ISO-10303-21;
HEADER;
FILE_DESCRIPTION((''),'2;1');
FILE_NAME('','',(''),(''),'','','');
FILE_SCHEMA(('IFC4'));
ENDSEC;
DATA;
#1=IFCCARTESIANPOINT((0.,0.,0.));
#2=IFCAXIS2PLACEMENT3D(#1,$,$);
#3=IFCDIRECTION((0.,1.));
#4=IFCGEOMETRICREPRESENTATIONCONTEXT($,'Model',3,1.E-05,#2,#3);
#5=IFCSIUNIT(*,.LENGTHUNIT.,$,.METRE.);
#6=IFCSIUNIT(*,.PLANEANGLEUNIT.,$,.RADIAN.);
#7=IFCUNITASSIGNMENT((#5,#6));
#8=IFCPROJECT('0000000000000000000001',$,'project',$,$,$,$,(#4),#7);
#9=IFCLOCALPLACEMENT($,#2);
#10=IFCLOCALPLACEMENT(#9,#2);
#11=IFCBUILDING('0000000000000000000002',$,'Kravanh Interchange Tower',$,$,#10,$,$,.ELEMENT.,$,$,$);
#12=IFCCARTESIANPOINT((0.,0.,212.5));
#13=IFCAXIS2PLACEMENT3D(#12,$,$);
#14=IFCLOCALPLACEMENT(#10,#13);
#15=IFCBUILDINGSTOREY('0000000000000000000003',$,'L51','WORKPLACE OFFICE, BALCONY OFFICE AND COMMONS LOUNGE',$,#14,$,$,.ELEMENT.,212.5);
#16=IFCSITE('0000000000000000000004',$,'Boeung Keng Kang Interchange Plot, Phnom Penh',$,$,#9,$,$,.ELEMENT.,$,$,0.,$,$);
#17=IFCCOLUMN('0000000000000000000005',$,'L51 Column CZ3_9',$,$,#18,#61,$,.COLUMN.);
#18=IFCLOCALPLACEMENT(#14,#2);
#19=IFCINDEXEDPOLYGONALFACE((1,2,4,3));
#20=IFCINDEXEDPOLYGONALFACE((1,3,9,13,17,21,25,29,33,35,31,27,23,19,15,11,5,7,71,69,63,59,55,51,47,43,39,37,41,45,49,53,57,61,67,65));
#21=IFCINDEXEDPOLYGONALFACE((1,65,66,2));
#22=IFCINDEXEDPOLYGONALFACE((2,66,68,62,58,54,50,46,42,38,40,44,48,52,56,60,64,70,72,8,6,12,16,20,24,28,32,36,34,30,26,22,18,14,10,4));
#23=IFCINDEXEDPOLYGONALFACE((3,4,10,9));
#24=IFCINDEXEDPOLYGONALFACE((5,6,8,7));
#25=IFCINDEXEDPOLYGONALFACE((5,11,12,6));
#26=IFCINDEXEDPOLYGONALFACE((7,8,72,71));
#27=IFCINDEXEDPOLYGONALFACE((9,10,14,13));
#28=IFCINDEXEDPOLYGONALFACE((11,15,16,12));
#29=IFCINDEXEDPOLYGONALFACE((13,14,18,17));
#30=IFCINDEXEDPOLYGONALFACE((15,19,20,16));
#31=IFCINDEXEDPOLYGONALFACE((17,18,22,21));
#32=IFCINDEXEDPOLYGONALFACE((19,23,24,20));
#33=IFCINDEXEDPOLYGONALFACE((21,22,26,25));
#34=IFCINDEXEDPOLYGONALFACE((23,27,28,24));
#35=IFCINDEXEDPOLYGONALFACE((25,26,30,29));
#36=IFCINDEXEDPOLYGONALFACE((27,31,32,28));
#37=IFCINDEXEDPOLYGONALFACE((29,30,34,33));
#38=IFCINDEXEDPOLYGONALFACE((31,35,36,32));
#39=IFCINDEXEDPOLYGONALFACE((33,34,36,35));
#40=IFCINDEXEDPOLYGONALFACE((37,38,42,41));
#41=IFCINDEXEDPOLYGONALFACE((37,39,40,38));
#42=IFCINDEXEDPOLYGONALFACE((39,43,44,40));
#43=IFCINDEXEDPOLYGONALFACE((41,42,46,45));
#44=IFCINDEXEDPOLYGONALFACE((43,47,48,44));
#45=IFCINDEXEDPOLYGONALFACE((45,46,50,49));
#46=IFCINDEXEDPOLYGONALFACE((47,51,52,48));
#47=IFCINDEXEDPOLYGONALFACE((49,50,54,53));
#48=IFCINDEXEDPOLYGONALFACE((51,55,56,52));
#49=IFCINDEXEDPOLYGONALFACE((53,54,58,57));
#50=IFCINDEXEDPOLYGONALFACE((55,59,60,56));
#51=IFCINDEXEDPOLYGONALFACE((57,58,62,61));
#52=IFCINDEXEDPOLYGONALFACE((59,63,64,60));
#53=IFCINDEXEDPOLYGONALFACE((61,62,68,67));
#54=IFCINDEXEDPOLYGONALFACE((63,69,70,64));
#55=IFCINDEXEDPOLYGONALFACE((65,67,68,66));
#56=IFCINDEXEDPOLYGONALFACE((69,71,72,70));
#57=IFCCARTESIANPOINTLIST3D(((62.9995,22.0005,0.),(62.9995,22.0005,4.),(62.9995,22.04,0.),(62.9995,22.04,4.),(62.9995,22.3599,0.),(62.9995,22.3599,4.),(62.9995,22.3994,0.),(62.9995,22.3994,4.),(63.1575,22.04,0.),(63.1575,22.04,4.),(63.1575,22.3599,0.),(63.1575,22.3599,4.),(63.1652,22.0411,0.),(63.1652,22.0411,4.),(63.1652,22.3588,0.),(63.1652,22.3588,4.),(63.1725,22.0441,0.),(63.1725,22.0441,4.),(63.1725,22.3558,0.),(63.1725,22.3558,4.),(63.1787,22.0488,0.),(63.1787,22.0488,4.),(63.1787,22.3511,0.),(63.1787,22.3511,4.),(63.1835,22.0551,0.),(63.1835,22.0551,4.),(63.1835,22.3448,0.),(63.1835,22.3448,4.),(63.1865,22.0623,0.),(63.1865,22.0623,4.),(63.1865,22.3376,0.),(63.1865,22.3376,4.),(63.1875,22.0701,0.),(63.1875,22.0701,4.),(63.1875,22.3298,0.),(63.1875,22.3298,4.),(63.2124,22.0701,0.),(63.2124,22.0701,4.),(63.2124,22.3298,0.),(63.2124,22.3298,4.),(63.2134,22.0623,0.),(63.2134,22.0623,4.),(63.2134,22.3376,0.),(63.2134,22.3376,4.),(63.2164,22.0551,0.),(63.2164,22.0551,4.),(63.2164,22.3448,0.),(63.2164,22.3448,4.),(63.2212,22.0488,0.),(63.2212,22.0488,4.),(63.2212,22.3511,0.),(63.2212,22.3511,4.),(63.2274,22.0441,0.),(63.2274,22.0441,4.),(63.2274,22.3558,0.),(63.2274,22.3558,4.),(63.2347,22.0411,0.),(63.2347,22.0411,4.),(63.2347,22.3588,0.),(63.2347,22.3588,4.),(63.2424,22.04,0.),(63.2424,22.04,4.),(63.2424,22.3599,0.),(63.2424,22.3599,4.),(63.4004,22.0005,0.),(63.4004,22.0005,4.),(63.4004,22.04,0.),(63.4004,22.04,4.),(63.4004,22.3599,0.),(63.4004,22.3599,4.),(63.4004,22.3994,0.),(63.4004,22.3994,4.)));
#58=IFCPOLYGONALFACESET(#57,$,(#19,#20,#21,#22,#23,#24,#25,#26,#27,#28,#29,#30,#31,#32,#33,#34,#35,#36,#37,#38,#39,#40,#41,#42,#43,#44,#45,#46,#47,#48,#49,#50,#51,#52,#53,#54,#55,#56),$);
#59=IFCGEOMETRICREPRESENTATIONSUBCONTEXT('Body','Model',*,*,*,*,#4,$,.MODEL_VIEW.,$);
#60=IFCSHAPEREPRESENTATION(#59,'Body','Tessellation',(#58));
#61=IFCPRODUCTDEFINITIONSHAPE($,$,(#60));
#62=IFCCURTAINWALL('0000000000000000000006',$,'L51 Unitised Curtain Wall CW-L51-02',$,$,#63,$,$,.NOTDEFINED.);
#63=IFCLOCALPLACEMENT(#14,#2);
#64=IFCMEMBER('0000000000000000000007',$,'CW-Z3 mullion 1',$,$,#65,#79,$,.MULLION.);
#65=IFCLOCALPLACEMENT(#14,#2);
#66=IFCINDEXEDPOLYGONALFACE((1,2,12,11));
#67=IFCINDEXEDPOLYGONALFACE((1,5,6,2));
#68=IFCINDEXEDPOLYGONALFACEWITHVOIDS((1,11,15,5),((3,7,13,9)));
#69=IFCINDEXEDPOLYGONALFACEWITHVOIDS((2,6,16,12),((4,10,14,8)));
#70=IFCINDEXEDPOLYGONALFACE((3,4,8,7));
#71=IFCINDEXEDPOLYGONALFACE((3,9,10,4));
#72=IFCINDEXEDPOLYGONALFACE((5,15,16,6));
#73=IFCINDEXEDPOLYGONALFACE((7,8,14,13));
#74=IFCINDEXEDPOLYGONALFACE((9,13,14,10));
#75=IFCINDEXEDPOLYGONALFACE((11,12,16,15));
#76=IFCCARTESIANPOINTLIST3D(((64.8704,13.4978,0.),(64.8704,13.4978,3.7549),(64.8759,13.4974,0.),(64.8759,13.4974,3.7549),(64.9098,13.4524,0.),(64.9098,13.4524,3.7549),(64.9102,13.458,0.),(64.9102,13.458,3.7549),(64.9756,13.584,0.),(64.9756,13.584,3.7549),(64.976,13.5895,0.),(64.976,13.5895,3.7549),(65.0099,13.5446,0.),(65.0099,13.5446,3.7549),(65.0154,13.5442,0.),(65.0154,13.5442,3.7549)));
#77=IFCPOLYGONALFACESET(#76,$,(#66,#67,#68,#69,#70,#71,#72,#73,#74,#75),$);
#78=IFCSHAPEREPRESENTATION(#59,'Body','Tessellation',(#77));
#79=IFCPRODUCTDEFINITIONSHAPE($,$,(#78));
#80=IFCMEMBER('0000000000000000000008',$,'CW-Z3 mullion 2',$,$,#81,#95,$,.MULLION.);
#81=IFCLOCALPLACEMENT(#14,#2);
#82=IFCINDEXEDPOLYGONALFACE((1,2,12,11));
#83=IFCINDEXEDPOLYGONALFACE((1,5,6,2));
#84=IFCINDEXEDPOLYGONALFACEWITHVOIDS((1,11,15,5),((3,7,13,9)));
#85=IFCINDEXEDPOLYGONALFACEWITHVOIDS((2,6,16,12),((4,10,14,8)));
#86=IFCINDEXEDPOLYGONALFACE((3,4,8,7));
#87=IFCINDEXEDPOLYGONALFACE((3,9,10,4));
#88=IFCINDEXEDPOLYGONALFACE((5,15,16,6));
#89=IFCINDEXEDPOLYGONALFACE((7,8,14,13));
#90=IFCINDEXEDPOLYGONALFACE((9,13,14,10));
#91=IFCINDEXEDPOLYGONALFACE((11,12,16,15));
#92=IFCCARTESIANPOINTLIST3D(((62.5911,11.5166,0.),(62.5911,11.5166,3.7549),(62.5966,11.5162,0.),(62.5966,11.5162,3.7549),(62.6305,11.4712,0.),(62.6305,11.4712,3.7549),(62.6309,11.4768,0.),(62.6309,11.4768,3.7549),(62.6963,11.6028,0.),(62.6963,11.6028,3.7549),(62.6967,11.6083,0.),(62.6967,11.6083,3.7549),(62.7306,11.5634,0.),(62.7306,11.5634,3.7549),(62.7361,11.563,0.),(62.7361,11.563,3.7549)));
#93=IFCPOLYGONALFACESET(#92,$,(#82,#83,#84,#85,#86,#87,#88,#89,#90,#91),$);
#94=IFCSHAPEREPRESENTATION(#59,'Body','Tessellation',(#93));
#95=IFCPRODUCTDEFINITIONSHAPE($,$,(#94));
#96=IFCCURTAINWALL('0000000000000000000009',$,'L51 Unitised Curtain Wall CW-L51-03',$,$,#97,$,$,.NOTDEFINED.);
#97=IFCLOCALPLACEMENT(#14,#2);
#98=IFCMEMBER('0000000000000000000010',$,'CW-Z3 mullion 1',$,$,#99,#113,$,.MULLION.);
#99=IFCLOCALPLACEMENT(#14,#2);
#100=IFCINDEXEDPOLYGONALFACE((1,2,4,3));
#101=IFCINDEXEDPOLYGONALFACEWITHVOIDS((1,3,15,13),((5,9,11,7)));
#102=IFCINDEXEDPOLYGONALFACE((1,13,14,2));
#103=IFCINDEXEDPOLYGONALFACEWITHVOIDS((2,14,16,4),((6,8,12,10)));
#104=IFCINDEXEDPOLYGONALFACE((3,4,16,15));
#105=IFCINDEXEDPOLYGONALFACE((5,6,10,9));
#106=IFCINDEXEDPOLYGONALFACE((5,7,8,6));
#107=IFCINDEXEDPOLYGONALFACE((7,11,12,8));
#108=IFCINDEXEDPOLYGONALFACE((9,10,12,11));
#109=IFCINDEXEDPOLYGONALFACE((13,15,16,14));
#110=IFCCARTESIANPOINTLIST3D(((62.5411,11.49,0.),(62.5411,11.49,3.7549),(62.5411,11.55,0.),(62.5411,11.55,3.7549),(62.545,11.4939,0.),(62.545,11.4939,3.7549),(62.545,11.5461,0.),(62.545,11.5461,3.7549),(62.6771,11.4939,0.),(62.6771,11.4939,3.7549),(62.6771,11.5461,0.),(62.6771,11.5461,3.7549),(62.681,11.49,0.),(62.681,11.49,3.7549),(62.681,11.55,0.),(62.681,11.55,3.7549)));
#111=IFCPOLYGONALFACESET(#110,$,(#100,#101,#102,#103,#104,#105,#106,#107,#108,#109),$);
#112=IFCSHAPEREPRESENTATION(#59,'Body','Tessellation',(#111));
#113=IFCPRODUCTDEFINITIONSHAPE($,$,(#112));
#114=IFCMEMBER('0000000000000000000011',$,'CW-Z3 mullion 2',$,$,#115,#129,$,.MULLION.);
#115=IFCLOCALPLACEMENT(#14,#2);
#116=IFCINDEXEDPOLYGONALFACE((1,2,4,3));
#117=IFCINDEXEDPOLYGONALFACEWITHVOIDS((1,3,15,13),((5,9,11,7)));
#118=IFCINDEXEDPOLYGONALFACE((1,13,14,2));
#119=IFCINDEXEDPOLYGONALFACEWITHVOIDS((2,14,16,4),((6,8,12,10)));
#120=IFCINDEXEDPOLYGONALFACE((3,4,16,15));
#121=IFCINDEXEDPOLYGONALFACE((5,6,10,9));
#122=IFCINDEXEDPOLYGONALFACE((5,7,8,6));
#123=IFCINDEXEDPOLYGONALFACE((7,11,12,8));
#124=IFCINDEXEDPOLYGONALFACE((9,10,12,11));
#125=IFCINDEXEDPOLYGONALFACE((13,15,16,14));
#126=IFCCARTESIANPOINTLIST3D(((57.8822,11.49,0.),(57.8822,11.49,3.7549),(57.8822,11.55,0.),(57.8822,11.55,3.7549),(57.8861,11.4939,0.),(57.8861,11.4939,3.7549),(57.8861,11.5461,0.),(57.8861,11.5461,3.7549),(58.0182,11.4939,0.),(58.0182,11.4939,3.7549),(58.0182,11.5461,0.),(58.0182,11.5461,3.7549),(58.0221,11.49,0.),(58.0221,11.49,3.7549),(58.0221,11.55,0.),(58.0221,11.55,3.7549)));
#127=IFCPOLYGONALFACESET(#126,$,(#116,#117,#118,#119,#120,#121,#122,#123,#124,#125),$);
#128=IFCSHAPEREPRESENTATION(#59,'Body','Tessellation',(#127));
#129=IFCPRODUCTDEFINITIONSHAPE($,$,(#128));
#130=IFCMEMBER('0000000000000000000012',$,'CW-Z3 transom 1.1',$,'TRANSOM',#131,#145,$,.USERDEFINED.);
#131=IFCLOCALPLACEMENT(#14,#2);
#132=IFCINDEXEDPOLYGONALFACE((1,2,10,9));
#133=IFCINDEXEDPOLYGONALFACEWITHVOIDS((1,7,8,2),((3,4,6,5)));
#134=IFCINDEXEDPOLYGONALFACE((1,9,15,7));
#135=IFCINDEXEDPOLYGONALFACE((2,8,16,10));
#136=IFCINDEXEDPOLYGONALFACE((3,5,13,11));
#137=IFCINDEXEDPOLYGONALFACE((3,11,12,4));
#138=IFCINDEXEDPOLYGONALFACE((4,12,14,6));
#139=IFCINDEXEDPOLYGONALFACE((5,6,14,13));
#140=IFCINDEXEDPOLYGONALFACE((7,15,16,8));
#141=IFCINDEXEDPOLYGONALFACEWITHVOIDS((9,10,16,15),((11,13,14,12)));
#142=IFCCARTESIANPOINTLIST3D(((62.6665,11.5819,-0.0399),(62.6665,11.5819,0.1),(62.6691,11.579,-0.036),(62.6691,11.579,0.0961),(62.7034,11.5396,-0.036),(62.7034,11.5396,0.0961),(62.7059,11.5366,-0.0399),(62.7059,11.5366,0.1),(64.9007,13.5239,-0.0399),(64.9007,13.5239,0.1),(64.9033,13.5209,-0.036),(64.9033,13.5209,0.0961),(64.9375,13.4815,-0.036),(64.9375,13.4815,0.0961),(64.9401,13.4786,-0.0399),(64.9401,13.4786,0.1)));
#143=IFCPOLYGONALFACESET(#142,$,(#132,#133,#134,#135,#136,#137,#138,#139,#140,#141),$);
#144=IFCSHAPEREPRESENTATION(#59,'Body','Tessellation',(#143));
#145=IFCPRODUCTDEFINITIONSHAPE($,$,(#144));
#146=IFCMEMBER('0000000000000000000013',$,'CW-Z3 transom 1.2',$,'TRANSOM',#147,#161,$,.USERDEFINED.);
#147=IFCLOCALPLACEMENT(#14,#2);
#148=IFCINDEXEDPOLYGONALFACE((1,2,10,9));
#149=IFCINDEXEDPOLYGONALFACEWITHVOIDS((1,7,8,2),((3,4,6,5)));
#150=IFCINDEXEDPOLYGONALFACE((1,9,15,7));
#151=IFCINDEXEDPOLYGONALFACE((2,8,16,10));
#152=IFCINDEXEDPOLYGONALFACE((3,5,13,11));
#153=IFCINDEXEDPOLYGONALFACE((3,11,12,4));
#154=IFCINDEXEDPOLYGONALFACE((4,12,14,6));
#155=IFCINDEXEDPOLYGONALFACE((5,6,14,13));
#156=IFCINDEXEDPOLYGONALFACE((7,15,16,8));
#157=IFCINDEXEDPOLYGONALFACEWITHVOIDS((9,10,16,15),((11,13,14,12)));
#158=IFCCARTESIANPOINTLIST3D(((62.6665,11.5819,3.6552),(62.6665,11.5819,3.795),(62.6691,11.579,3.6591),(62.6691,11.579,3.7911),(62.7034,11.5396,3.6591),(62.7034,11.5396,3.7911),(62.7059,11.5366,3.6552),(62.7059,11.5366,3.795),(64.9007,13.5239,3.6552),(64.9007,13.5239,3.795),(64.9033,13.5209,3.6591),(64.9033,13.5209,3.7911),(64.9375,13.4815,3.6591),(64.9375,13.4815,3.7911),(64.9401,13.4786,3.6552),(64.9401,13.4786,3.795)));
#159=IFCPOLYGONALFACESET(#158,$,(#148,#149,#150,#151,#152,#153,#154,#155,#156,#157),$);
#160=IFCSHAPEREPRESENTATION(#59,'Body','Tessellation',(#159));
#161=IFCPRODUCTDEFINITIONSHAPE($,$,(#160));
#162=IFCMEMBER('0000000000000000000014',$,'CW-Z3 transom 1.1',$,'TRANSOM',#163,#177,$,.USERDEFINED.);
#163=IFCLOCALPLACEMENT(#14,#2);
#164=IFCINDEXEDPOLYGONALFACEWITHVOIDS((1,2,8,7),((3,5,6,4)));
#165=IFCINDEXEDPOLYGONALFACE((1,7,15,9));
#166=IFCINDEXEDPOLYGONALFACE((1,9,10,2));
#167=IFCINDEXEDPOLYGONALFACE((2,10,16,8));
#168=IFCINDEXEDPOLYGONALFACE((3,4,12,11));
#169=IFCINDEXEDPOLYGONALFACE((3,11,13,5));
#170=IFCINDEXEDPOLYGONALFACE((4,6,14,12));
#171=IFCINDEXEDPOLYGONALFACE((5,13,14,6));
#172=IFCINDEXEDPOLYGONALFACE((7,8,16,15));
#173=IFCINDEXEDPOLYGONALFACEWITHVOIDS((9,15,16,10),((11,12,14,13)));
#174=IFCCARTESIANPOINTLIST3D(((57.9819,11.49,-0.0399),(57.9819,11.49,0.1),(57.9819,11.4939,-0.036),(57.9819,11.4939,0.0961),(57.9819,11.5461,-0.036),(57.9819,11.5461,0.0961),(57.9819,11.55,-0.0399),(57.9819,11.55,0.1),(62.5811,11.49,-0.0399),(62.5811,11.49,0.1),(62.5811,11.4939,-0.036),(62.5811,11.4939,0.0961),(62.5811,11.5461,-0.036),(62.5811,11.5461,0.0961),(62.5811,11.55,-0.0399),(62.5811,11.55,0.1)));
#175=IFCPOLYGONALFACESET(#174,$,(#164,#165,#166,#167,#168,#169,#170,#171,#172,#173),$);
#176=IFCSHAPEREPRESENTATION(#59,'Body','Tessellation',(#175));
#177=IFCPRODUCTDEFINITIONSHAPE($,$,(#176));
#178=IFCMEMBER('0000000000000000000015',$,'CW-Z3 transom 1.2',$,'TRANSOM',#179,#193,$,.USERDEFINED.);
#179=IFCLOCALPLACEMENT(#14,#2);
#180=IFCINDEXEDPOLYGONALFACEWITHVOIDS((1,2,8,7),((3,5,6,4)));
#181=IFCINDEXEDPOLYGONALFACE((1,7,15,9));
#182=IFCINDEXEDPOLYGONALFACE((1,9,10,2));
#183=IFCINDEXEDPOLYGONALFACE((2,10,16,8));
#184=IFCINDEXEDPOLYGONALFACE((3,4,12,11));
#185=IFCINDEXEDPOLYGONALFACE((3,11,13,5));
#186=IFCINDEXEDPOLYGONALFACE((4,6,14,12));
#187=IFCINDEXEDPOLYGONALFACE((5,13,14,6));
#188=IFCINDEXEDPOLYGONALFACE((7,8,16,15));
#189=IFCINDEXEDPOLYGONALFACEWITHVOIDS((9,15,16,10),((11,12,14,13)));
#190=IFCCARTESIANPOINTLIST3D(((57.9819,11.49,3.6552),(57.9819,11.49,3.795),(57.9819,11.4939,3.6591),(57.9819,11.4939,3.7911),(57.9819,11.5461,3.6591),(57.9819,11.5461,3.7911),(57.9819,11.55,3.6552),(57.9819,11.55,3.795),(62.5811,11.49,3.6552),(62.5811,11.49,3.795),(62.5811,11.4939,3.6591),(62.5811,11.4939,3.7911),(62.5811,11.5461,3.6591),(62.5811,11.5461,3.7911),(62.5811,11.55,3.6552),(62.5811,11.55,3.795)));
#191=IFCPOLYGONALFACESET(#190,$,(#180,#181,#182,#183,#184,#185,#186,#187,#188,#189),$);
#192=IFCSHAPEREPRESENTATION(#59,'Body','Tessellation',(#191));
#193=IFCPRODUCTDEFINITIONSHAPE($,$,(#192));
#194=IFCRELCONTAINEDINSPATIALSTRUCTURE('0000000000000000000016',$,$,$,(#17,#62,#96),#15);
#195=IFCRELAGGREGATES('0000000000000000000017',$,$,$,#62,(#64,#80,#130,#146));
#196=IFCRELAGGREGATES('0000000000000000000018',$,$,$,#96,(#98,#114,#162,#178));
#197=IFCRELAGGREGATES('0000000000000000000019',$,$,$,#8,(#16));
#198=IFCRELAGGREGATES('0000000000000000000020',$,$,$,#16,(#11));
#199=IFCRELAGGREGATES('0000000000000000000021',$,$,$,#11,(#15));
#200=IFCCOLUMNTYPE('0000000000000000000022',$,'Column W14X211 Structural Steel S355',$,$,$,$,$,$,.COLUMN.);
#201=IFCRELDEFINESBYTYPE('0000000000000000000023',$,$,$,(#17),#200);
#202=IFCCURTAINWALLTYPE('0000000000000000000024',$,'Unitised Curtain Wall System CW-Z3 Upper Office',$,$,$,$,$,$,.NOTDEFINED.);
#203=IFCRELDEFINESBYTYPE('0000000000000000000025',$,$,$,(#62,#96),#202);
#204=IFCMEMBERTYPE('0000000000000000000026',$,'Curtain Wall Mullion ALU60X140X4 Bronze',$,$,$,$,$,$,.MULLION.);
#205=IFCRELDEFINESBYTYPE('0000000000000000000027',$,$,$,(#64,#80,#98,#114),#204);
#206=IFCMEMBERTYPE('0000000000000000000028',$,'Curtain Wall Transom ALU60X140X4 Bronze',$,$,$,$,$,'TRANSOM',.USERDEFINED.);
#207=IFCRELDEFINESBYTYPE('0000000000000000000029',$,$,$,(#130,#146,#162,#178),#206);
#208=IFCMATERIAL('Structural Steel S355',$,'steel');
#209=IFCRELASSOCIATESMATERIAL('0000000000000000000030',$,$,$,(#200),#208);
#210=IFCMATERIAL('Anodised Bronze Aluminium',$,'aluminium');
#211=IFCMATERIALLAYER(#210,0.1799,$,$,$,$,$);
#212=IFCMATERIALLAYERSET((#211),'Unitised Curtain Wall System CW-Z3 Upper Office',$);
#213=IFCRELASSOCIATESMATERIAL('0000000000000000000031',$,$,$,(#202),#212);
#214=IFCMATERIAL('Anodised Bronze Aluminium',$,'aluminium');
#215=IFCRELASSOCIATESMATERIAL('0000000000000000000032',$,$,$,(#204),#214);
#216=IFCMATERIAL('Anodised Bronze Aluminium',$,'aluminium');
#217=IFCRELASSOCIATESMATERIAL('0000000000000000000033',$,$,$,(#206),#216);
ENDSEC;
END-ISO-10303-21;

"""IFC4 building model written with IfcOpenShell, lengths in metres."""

from ifc_helpers import new_model, si_unit, direction, frame, origin, origin_2d, place, context, subcontext, project, spatial, hollow_rectangle, i_section, extrude, material, layer, layer_set, material_profile, profile_set, type_object, element, aggregate, save


model = new_model("IFC4")

# Units and contexts
model_context = context("Model", 3, precision=1e-05, world=origin(), true_north=direction((0.0, 1.0)))
body_context = subcontext(model_context, "Body", "Model", "MODEL_VIEW")
ifc_project = project(units=[si_unit("LENGTHUNIT", "METRE"), si_unit("PLANEANGLEUNIT", "RADIAN")], contexts=[model_context])

# Site, building, storey
site_placement = place(None, origin())
site = spatial("IfcSite", under=ifc_project, at=site_placement, Name="Boeung Keng Kang Interchange Plot, Phnom Penh", CompositionType="ELEMENT", RefElevation=0.0)
building_placement = place(site_placement, origin())
building = spatial("IfcBuilding", under=site, at=building_placement, Name="Kravanh Interchange Tower", CompositionType="ELEMENT")
storey_placement = place(building_placement, frame((0.0, 0.0, 212.5)))
storey = spatial("IfcBuildingStorey", under=building, at=storey_placement, Name="L51", Description="WORKPLACE OFFICE, BALCONY OFFICE AND COMMONS LOUNGE", CompositionType="ELEMENT", Elevation=212.5)

# Column
ifc_material_1 = material(Name="Structural Steel S355", Category="steel")
ifc_material_profile_1 = material_profile(ifc_material_1, i_section(OverallWidth=0.4009, OverallDepth=0.3989, WebThickness=0.0249, FlangeThickness=0.0396, FilletRadius=0.03, at=origin_2d()), Name="W14X211")
ifc_profile_set_1 = profile_set([ifc_material_profile_1], Name="Structural Steel S355")
column_type = type_object("IfcColumnType", Name="Column W14X211 Structural Steel S355", PredefinedType="COLUMN", material=ifc_profile_set_1)
for number, where, z_axis, x_axis, name in (
    (1, (63.2, 22.2, 0.0), (0.0, 0.0, 1.0), (1.0, 0.0, 0.0), "L51 Column CZ3_9"),
):
    element("IfcColumn", number, at=place(storey_placement, frame(where, z_axis=z_axis, x_axis=x_axis)), inside=storey, type_object=column_type, Name=name, PredefinedType="COLUMN", context=body_context, shape_type="SweptSolid", body=[
        extrude(i_section(OverallWidth=0.4009, OverallDepth=0.3989, WebThickness=0.0249, FlangeThickness=0.0396, FilletRadius=0.03, at=origin_2d()), origin(), (0.0, 0.0, 1.0), 4.0),
    ])

# Curtain walls, members
ifc_material_2 = material(Name="Anodised Bronze Aluminium", Category="aluminium")
ifc_layer_1 = layer(ifc_material_2, 0.1799)
ifc_layer_set_1 = layer_set([ifc_layer_1], Name="Unitised Curtain Wall System CW-Z3 Upper Office")
curtain_wall_type = type_object("IfcCurtainWallType", Name="Unitised Curtain Wall System CW-Z3 Upper Office", PredefinedType="NOTDEFINED", material=ifc_layer_set_1)
curtain_wall_1_placement = place(storey_placement, origin())
curtain_wall_1 = element("IfcCurtainWall", 2, at=curtain_wall_1_placement, inside=storey, type_object=curtain_wall_type, Name="L51 Unitised Curtain Wall CW-L51-02", PredefinedType="NOTDEFINED")
ifc_material_3 = material(Name="Anodised Bronze Aluminium", Category="aluminium")
ifc_material_profile_2 = material_profile(ifc_material_3, hollow_rectangle(XDim=0.0601, YDim=0.1399, WallThickness=0.0039, at=origin_2d()), Name="ALU60X140X4")
ifc_profile_set_2 = profile_set([ifc_material_profile_2], Name="Anodised Bronze Aluminium")
member_type_1 = type_object("IfcMemberType", Name="Curtain Wall Mullion ALU60X140X4 Bronze", PredefinedType="MULLION", material=ifc_profile_set_2)
member_1_placement = place(storey_placement, frame((64.9429, 13.521, 0.0), z_axis=(0.0, 0.0, 1.0), x_axis=(0.656051, -0.754717, 0.0)))
member_1 = element("IfcMember", 3, at=member_1_placement, type_object=member_type_1, Name="CW-Z3 mullion 1", PredefinedType="MULLION", context=body_context, shape_type="SweptSolid", body=[
    extrude(hollow_rectangle(XDim=0.0601, YDim=0.1399, WallThickness=0.0039, at=origin_2d()), origin(), (0.0, 0.0, 1.0), 3.7549),
])
member_2_placement = place(storey_placement, frame((62.6636, 11.5398, 0.0), z_axis=(0.0, 0.0, 1.0), x_axis=(0.656051, -0.754717, 0.0)))
member_2 = element("IfcMember", 4, at=member_2_placement, type_object=member_type_1, Name="CW-Z3 mullion 2", PredefinedType="MULLION", context=body_context, shape_type="SweptSolid", body=[
    extrude(hollow_rectangle(XDim=0.0601, YDim=0.1399, WallThickness=0.0039, at=origin_2d()), origin(), (0.0, 0.0, 1.0), 3.7549),
])
curtain_wall_2_placement = place(storey_placement, origin())
curtain_wall_2 = element("IfcCurtainWall", 5, at=curtain_wall_2_placement, inside=storey, type_object=curtain_wall_type, Name="L51 Unitised Curtain Wall CW-L51-03", PredefinedType="NOTDEFINED")
member_3_placement = place(storey_placement, frame((62.6111, 11.52, 0.0), z_axis=(0.0, 0.0, 1.0), x_axis=(0.0, -1.0, 0.0)))
member_3 = element("IfcMember", 6, at=member_3_placement, type_object=member_type_1, Name="CW-Z3 mullion 1", PredefinedType="MULLION", context=body_context, shape_type="SweptSolid", body=[
    extrude(hollow_rectangle(XDim=0.0601, YDim=0.1399, WallThickness=0.0039, at=origin_2d()), origin(), (0.0, 0.0, 1.0), 3.7549),
])
member_4_placement = place(storey_placement, frame((57.9521, 11.52, 0.0), z_axis=(0.0, 0.0, 1.0), x_axis=(0.0, -1.0, 0.0)))
member_4 = element("IfcMember", 7, at=member_4_placement, type_object=member_type_1, Name="CW-Z3 mullion 2", PredefinedType="MULLION", context=body_context, shape_type="SweptSolid", body=[
    extrude(hollow_rectangle(XDim=0.0601, YDim=0.1399, WallThickness=0.0039, at=origin_2d()), origin(), (0.0, 0.0, 1.0), 3.7549),
])

# Members
ifc_material_4 = material(Name="Anodised Bronze Aluminium", Category="aluminium")
ifc_material_profile_3 = material_profile(ifc_material_4, hollow_rectangle(XDim=0.0601, YDim=0.1399, WallThickness=0.0039, at=origin_2d()), Name="ALU60X140X4")
ifc_profile_set_3 = profile_set([ifc_material_profile_3], Name="Anodised Bronze Aluminium")
member_type_2 = type_object("IfcMemberType", Name="Curtain Wall Transom ALU60X140X4 Bronze", ElementType="TRANSOM", PredefinedType="USERDEFINED", material=ifc_profile_set_3)
member_5_placement = place(storey_placement, frame((64.9204, 13.5012, 0.03), z_axis=(-0.754744, -0.656019, 0.0), x_axis=(0.656019, -0.754744, 0.0)))
member_5 = element("IfcMember", 8, at=member_5_placement, type_object=member_type_2, Name="CW-Z3 transom 1.1", ObjectType="TRANSOM", PredefinedType="USERDEFINED", context=body_context, shape_type="SweptSolid", body=[
    extrude(hollow_rectangle(XDim=0.0601, YDim=0.1399, WallThickness=0.0039, at=origin_2d()), origin(), (0.0, 0.0, 1.0), 2.9602),
])
member_6_placement = place(storey_placement, frame((64.9204, 13.5012, 3.7251), z_axis=(-0.754744, -0.656019, 0.0), x_axis=(0.656019, -0.754744, 0.0)))
member_6 = element("IfcMember", 9, at=member_6_placement, type_object=member_type_2, Name="CW-Z3 transom 1.2", ObjectType="TRANSOM", PredefinedType="USERDEFINED", context=body_context, shape_type="SweptSolid", body=[
    extrude(hollow_rectangle(XDim=0.0601, YDim=0.1399, WallThickness=0.0039, at=origin_2d()), origin(), (0.0, 0.0, 1.0), 2.9602),
])
member_7_placement = place(storey_placement, frame((62.5811, 11.52, 0.03), z_axis=(-1.0, 0.0, 0.0), x_axis=(0.0, -1.0, 0.0)))
member_7 = element("IfcMember", 10, at=member_7_placement, type_object=member_type_2, Name="CW-Z3 transom 1.1", ObjectType="TRANSOM", PredefinedType="USERDEFINED", context=body_context, shape_type="SweptSolid", body=[
    extrude(hollow_rectangle(XDim=0.0601, YDim=0.1399, WallThickness=0.0039, at=origin_2d()), origin(), (0.0, 0.0, 1.0), 4.5991),
])
member_8_placement = place(storey_placement, frame((62.5811, 11.52, 3.7251), z_axis=(-1.0, 0.0, 0.0), x_axis=(0.0, -1.0, 0.0)))
member_8 = element("IfcMember", 11, at=member_8_placement, type_object=member_type_2, Name="CW-Z3 transom 1.2", ObjectType="TRANSOM", PredefinedType="USERDEFINED", context=body_context, shape_type="SweptSolid", body=[
    extrude(hollow_rectangle(XDim=0.0601, YDim=0.1399, WallThickness=0.0039, at=origin_2d()), origin(), (0.0, 0.0, 1.0), 4.5991),
])

aggregate(curtain_wall_1, [member_1, member_2, member_5, member_6])
aggregate(curtain_wall_2, [member_3, member_4, member_7, member_8])

save(model, "model.ifc")
